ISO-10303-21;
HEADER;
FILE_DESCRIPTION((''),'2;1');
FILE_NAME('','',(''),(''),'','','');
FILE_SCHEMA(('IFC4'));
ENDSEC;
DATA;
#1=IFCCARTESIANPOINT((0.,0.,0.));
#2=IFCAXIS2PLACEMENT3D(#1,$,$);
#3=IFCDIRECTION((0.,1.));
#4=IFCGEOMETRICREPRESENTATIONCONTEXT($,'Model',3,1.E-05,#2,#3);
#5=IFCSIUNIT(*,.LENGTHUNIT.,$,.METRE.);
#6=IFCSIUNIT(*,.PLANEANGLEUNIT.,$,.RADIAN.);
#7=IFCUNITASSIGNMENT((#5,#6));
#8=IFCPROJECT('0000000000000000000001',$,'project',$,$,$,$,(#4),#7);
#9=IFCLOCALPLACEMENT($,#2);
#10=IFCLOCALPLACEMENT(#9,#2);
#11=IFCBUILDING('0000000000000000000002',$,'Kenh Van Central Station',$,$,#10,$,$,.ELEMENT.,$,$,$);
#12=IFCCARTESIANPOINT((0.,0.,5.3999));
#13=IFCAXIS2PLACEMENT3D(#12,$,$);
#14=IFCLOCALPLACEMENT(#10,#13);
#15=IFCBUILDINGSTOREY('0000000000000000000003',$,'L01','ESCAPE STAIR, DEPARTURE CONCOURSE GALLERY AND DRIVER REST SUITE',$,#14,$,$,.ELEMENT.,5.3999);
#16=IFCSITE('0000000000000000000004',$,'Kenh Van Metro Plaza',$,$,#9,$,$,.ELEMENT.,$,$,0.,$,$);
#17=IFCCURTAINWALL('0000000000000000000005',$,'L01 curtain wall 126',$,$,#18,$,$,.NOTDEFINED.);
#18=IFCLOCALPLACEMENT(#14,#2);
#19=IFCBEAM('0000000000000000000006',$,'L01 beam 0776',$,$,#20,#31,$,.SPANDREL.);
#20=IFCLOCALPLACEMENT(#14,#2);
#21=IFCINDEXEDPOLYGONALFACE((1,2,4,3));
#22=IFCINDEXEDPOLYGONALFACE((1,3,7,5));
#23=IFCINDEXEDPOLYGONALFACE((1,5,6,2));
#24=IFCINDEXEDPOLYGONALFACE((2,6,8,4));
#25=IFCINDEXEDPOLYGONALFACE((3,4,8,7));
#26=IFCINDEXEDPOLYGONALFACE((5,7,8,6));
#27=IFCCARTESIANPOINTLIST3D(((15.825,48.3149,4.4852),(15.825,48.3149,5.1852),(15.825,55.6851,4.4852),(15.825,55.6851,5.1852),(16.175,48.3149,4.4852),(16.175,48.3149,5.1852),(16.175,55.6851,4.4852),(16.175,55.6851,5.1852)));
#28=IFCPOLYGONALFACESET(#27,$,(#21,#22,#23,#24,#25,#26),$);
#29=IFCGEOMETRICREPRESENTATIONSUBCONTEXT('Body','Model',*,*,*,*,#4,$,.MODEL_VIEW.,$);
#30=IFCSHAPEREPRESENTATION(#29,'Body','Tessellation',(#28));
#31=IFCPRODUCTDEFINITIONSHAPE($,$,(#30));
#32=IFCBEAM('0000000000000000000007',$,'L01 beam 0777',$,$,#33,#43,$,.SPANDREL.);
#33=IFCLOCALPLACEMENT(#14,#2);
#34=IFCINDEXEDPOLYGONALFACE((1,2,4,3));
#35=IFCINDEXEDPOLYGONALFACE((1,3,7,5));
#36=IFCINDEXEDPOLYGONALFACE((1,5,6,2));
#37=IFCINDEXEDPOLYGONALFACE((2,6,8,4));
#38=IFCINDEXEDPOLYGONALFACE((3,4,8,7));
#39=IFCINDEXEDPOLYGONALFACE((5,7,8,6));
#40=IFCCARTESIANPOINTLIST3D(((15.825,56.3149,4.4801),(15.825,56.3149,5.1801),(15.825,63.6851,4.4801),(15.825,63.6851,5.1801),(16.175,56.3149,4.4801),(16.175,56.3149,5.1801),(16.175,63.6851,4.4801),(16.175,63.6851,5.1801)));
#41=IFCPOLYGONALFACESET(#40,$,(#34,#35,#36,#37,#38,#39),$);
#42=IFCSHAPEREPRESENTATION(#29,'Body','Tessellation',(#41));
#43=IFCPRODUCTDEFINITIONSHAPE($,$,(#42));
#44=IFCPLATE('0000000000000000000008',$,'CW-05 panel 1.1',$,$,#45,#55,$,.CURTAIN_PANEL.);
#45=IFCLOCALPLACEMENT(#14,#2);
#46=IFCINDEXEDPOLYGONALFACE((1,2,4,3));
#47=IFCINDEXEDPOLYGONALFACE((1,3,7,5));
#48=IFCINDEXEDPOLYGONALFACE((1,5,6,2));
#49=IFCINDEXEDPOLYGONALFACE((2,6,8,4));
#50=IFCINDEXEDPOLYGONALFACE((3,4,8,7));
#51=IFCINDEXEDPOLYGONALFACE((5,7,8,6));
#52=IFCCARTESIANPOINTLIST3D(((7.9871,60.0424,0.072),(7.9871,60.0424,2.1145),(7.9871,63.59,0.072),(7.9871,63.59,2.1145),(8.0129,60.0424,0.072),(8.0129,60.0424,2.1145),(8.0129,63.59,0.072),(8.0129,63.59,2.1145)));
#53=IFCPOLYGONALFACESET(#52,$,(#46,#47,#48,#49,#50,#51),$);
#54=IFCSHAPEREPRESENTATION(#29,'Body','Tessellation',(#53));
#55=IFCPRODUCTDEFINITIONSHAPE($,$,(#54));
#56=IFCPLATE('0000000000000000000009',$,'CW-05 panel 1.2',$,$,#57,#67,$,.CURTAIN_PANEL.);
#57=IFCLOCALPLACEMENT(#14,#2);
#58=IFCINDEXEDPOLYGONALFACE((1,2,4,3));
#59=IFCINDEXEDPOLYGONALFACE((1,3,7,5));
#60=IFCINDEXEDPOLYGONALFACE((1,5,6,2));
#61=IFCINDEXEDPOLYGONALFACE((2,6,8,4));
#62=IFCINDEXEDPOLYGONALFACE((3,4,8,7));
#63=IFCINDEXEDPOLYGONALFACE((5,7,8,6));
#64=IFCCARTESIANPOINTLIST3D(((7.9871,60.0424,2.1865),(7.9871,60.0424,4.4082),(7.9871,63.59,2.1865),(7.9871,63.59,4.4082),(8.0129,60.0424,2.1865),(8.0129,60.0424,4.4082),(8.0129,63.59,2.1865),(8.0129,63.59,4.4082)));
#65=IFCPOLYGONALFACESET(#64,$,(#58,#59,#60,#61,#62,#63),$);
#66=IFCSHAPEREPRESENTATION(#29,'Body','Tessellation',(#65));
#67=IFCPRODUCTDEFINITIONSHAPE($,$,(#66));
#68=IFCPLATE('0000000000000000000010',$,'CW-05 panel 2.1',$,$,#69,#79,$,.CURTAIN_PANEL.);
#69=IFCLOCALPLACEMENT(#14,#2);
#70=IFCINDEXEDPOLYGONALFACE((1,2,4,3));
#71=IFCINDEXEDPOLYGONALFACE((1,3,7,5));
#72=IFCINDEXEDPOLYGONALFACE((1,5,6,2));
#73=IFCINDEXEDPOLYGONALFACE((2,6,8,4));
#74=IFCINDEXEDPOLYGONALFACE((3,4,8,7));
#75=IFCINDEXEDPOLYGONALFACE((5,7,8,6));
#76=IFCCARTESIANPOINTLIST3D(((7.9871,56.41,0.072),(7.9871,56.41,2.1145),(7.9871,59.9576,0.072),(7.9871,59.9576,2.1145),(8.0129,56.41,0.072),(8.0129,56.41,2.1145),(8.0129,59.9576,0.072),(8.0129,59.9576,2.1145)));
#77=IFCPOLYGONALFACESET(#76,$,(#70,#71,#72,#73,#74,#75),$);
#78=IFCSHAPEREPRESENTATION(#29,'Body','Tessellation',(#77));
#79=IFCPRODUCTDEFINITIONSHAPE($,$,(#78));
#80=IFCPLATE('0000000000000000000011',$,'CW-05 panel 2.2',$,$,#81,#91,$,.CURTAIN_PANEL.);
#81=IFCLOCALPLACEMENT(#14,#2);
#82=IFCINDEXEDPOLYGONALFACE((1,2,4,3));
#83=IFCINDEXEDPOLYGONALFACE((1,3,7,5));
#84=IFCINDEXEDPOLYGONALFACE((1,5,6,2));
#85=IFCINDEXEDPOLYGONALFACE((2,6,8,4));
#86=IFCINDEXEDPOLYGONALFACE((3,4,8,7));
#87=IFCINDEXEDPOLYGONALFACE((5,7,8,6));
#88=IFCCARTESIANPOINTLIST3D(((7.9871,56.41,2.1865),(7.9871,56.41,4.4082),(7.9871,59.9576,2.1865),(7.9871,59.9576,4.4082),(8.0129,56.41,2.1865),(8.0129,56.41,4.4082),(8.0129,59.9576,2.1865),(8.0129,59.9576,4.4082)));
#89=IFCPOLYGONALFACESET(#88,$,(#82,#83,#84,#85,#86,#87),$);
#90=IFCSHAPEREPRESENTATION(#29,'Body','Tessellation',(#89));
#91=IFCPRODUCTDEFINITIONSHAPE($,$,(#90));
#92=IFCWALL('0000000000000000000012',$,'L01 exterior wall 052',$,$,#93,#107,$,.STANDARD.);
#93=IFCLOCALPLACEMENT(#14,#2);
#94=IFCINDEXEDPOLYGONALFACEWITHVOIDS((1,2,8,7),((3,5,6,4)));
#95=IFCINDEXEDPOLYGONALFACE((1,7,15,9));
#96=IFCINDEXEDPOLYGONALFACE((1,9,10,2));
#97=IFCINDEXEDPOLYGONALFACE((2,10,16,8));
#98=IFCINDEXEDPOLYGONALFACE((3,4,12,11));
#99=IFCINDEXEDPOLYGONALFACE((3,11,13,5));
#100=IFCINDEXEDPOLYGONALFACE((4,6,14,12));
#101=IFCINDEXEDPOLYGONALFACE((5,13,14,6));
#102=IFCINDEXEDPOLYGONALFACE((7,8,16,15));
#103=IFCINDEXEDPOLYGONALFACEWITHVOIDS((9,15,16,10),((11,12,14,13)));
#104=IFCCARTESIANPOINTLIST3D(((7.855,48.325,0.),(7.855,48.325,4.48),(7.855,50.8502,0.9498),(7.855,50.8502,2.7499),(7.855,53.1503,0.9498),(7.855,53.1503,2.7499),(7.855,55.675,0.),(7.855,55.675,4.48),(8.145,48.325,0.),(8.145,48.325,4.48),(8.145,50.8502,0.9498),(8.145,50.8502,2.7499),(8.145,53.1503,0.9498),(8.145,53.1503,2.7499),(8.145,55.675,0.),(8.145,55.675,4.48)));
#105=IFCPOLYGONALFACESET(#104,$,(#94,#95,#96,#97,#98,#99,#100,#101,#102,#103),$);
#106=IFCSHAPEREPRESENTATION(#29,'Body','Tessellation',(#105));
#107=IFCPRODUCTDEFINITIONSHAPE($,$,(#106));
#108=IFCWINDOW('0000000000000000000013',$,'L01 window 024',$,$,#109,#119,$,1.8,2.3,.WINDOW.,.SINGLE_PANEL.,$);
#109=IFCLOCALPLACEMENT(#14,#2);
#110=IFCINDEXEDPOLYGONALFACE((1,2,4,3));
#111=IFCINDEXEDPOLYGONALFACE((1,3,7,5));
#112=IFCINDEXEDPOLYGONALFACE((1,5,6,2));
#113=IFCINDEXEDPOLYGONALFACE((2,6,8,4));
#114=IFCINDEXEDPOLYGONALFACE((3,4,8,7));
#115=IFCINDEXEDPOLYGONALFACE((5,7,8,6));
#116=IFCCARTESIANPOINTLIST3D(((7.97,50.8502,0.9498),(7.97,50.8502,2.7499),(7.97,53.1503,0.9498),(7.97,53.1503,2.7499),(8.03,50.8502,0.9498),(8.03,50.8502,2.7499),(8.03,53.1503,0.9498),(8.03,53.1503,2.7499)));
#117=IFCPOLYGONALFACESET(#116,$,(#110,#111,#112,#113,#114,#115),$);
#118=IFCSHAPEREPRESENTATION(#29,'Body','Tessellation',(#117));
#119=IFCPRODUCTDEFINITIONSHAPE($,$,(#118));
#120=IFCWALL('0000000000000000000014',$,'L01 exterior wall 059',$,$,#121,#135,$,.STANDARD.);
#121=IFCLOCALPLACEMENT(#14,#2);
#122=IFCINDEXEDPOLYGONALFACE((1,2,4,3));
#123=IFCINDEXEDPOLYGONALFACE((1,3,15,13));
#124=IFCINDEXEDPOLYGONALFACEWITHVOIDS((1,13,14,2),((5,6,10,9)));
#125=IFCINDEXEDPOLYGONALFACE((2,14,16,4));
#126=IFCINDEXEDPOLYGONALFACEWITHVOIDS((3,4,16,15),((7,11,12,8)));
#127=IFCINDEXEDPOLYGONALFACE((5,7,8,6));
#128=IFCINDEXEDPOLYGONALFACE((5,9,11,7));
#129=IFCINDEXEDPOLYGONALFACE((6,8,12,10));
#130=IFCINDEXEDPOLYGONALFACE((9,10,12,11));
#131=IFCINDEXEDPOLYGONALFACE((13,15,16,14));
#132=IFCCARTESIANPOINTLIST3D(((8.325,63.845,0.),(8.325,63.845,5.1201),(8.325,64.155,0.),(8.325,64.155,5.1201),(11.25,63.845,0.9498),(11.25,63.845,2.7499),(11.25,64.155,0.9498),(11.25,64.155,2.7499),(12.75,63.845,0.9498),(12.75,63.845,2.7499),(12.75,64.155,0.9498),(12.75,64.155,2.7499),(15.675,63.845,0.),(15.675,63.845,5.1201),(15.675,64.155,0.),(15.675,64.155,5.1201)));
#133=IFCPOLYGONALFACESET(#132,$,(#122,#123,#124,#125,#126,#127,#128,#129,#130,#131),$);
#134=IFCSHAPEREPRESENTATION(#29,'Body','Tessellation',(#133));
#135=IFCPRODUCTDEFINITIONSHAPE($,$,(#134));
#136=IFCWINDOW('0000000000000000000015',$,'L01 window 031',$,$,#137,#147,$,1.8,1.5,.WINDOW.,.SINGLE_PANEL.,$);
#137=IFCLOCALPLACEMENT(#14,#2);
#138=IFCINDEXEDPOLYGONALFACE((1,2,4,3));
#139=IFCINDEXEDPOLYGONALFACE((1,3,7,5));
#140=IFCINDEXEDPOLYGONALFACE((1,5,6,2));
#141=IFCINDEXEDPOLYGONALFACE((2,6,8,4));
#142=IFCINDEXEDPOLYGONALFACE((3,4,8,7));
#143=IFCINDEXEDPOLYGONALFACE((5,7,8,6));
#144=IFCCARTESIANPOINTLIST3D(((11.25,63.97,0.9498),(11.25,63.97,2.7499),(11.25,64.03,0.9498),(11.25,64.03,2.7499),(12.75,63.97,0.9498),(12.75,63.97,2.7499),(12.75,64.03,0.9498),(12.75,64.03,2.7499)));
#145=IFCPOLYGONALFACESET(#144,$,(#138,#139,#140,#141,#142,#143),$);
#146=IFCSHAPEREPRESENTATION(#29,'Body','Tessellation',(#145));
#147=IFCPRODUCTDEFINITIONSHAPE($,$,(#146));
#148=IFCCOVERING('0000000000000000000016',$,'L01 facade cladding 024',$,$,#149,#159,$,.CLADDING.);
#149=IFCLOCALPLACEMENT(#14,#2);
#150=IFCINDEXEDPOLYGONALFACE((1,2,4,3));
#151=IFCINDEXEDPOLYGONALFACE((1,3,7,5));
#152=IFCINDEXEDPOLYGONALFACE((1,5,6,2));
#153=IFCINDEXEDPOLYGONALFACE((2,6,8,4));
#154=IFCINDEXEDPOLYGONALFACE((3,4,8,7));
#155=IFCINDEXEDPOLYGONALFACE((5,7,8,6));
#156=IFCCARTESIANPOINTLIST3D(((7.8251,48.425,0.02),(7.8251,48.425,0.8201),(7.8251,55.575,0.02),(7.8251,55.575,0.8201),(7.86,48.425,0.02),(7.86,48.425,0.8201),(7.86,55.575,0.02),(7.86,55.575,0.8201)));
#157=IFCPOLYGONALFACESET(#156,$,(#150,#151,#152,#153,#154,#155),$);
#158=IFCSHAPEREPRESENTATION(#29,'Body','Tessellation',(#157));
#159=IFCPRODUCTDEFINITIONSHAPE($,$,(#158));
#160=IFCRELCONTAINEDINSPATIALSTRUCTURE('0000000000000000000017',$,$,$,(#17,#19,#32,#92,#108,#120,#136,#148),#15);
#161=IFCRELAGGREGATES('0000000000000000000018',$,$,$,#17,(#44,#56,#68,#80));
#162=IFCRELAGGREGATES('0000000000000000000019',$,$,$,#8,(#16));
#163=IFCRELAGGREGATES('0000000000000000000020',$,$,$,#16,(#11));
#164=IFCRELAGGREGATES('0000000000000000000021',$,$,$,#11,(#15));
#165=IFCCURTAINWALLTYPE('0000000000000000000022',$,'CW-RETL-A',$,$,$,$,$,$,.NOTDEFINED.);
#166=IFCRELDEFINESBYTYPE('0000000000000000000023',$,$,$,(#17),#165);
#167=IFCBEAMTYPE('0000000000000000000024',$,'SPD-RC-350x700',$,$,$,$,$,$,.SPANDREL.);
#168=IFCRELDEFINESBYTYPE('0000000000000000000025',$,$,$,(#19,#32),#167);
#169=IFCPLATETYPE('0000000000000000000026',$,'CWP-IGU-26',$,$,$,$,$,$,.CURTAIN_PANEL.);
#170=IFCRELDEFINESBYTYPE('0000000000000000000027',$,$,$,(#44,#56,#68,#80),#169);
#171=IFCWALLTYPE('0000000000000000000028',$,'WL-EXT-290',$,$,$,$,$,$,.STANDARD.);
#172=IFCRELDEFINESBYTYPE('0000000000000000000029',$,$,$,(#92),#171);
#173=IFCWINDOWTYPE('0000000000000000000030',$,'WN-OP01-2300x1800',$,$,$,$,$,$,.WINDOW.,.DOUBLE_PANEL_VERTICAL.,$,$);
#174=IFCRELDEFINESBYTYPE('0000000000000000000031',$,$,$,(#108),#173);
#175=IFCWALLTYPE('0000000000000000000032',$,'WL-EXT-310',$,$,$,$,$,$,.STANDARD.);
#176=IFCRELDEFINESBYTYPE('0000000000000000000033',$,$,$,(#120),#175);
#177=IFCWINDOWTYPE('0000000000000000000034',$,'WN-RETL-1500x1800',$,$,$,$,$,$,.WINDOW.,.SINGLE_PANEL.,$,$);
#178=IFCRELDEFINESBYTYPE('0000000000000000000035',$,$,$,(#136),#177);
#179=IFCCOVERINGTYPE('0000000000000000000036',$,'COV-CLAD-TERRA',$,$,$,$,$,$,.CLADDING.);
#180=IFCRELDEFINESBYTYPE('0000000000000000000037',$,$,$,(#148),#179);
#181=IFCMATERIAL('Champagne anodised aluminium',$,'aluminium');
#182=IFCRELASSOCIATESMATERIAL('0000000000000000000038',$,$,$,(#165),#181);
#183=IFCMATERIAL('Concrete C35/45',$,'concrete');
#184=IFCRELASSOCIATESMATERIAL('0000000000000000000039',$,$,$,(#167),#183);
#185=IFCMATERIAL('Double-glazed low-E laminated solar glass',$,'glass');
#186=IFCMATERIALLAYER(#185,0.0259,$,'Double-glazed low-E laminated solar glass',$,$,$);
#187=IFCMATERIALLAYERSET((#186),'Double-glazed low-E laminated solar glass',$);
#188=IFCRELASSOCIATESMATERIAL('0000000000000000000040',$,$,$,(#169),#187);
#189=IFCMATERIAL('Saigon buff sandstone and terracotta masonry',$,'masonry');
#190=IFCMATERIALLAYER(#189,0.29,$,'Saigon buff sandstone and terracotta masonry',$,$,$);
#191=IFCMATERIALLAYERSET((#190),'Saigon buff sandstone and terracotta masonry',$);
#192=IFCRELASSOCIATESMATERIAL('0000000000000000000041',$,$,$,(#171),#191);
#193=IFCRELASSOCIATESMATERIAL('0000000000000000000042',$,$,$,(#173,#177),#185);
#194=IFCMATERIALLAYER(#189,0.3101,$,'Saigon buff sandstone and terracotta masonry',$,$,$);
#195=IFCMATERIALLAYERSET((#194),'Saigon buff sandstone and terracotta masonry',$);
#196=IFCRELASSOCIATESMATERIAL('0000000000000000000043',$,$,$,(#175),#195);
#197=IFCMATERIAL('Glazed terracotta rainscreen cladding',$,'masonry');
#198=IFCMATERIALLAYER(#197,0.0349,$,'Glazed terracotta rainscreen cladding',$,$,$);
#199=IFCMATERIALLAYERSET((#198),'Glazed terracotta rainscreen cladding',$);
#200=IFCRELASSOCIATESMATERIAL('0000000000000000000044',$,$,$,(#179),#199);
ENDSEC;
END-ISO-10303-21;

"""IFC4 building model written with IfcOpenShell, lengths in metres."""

from ifc_helpers import new_model, si_unit, direction, frame, frame_2d, origin, origin_2d, place, context, subcontext, project, spatial, rectangle, extrude, material, layer, layer_set, material_profile, profile_set, type_object, element, fill, aggregate, save


model = new_model("IFC4")

# Units and contexts
model_context = context("Model", 3, precision=1e-05, world=origin(), true_north=direction((0.0, 1.0)))
body_context = subcontext(model_context, "Body", "Model", "MODEL_VIEW")
ifc_project = project(units=[si_unit("LENGTHUNIT", "METRE"), si_unit("PLANEANGLEUNIT", "RADIAN")], contexts=[model_context])

# Site, building, storey
site_placement = place(None, origin())
site = spatial("IfcSite", under=ifc_project, at=site_placement, Name="Kenh Van Metro Plaza", CompositionType="ELEMENT", RefElevation=0.0)
building_placement = place(site_placement, origin())
building = spatial("IfcBuilding", under=site, at=building_placement, Name="Kenh Van Central Station", CompositionType="ELEMENT")
storey_placement = place(building_placement, frame((0.0, 0.0, 5.3999)))
storey = spatial("IfcBuildingStorey", under=building, at=storey_placement, Name="L01", Description="ESCAPE STAIR, DEPARTURE CONCOURSE GALLERY AND DRIVER REST SUITE", CompositionType="ELEMENT", Elevation=5.3999)

# Shared definitions
ifc_material_1 = material(Name="Concrete C35/45", Category="concrete")

# Curtain wall
ifc_material_2 = material(Name="Champagne anodised aluminium", Category="aluminium")
curtain_wall_type = type_object("IfcCurtainWallType", Name="CW-RETL-A", PredefinedType="NOTDEFINED", material=ifc_material_2)
curtain_wall_placement = place(storey_placement, origin())
curtain_wall = element("IfcCurtainWall", 1, at=curtain_wall_placement, inside=storey, type_object=curtain_wall_type, Name="L01 curtain wall 126", PredefinedType="NOTDEFINED")

# Beams
ifc_material_profile_1 = material_profile(ifc_material_1, rectangle(XDim=0.3501, YDim=0.7, at=origin_2d()), Name="RC 350x700")
ifc_profile_set_1 = profile_set([ifc_material_profile_1], Name="Concrete C35/45")
beam_type_1 = type_object("IfcBeamType", Name="SPD-RC-350x700", PredefinedType="SPANDREL", material=ifc_profile_set_1)
for number, where, z_axis, x_axis, name in (
    (2, (16.0, 48.3149, 4.8352), (0.0, 1.0, 0.0), (-1.0, 0.0, 0.0), "L01 beam 0776"),
    (3, (16.0, 56.3149, 4.8301), (0.0, 1.0, 0.0), (-1.0, 0.0, 0.0), "L01 beam 0777"),
):
    element("IfcBeam", number, at=place(storey_placement, frame(where, z_axis=z_axis, x_axis=x_axis)), inside=storey, type_object=beam_type_1, Name=name, PredefinedType="SPANDREL", context=body_context, shape_type="SweptSolid", body=[
        extrude(rectangle(XDim=0.3501, YDim=0.7, at=origin_2d()), origin(), (0.0, 0.0, 1.0), 7.3701),
    ])

# Plates
ifc_material_3 = material(Name="Double-glazed low-E laminated solar glass", Category="glass")
ifc_layer_1 = layer(ifc_material_3, 0.0259, Name="Double-glazed low-E laminated solar glass")
ifc_layer_set_1 = layer_set([ifc_layer_1], Name="Double-glazed low-E laminated solar glass")
plate_type = type_object("IfcPlateType", Name="CWP-IGU-26", PredefinedType="CURTAIN_PANEL", material=ifc_layer_set_1)
plate_1_placement = place(storey_placement, frame((8.0, 61.8162, 0.072), z_axis=(0.0, 0.0, 1.0), x_axis=(0.0, -1.0, 0.0)))
plate_1 = element("IfcPlate", 4, at=plate_1_placement, type_object=plate_type, Name="CW-05 panel 1.1", PredefinedType="CURTAIN_PANEL", context=body_context, shape_type="SweptSolid", body=[
    extrude(rectangle(XDim=3.5476, YDim=0.0259, at=origin_2d()), origin(), (0.0, 0.0, 1.0), 2.0425),
])
plate_2_placement = place(storey_placement, frame((8.0, 61.8162, 2.1865), z_axis=(0.0, 0.0, 1.0), x_axis=(0.0, -1.0, 0.0)))
plate_2 = element("IfcPlate", 5, at=plate_2_placement, type_object=plate_type, Name="CW-05 panel 1.2", PredefinedType="CURTAIN_PANEL", context=body_context, shape_type="SweptSolid", body=[
    extrude(rectangle(XDim=3.5476, YDim=0.0259, at=origin_2d()), origin(), (0.0, 0.0, 1.0), 2.2217),
])
plate_3_placement = place(storey_placement, frame((8.0, 58.1838, 0.072), z_axis=(0.0, 0.0, 1.0), x_axis=(0.0, -1.0, 0.0)))
plate_3 = element("IfcPlate", 6, at=plate_3_placement, type_object=plate_type, Name="CW-05 panel 2.1", PredefinedType="CURTAIN_PANEL", context=body_context, shape_type="SweptSolid", body=[
    extrude(rectangle(XDim=3.5476, YDim=0.0259, at=origin_2d()), origin(), (0.0, 0.0, 1.0), 2.0425),
])
plate_4_placement = place(storey_placement, frame((8.0, 58.1838, 2.1865), z_axis=(0.0, 0.0, 1.0), x_axis=(0.0, -1.0, 0.0)))
plate_4 = element("IfcPlate", 7, at=plate_4_placement, type_object=plate_type, Name="CW-05 panel 2.2", PredefinedType="CURTAIN_PANEL", context=body_context, shape_type="SweptSolid", body=[
    extrude(rectangle(XDim=3.5476, YDim=0.0259, at=origin_2d()), origin(), (0.0, 0.0, 1.0), 2.2217),
])
aggregate(curtain_wall, [plate_1, plate_2, plate_3, plate_4])

# Walls, openings, windows
ifc_material_4 = material(Name="Saigon buff sandstone and terracotta masonry", Category="masonry")
ifc_layer_2 = layer(ifc_material_4, 0.29, Name="Saigon buff sandstone and terracotta masonry")
ifc_layer_set_2 = layer_set([ifc_layer_2], Name="Saigon buff sandstone and terracotta masonry")
wall_type_1 = type_object("IfcWallType", Name="WL-EXT-290", PredefinedType="STANDARD", material=ifc_layer_set_2)
wall_1_placement = place(storey_placement, frame((8.0, 55.675, 0.0), z_axis=(0.0, 0.0, 1.0), x_axis=(0.0, -1.0, 0.0)))
wall_1 = element("IfcWall", 8, at=wall_1_placement, inside=storey, type_object=wall_type_1, Name="L01 exterior wall 052", PredefinedType="STANDARD", context=body_context, shape_type="SweptSolid", body=[
    extrude(rectangle(XDim=7.3501, YDim=0.29, at=frame_2d((3.675, 0.0))), origin(), (0.0, 0.0, 1.0), 4.48),
])
opening_1_placement = place(wall_1_placement, frame((2.5249, 0.0, 0.95)))
opening_1 = element("IfcOpeningElement", 9, at=opening_1_placement, cuts=wall_1, PredefinedType="OPENING", context=body_context, shape_type="SweptSolid", body=[
    extrude(rectangle(XDim=2.3, YDim=1.8, at=frame_2d((1.1499, 0.8999))), frame((0.0, 0.155, 0.0), z_axis=(0.0, -1.0, 0.0), x_axis=(1.0, 0.0, 0.0)), (0.0, 0.0, 1.0), 0.3101),
])
window_type_1 = type_object("IfcWindowType", Name="WN-OP01-2300x1800", PartitioningType="DOUBLE_PANEL_VERTICAL", PredefinedType="WINDOW", material=ifc_material_3)
window_1_placement = place(opening_1_placement, origin())
window_1 = element("IfcWindow", 10, at=window_1_placement, inside=storey, type_object=window_type_1, Name="L01 window 024", OverallHeight=1.8, OverallWidth=2.3, PartitioningType="SINGLE_PANEL", PredefinedType="WINDOW", context=body_context, shape_type="SweptSolid", body=[
    extrude(rectangle(XDim=2.3, YDim=1.8, at=frame_2d((1.1499, 0.8999))), frame((0.0, 0.03, 0.0), z_axis=(0.0, -1.0, 0.0), x_axis=(1.0, 0.0, 0.0)), (0.0, 0.0, 1.0), 0.0601),
])
fill(opening_1, window_1)
ifc_layer_3 = layer(ifc_material_4, 0.3101, Name="Saigon buff sandstone and terracotta masonry")
ifc_layer_set_3 = layer_set([ifc_layer_3], Name="Saigon buff sandstone and terracotta masonry")
wall_type_2 = type_object("IfcWallType", Name="WL-EXT-310", PredefinedType="STANDARD", material=ifc_layer_set_3)
wall_2_placement = place(storey_placement, frame((15.675, 64.0, 0.0), z_axis=(0.0, 0.0, 1.0), x_axis=(-1.0, 0.0, 0.0)))
wall_2 = element("IfcWall", 11, at=wall_2_placement, inside=storey, type_object=wall_type_2, Name="L01 exterior wall 059", PredefinedType="STANDARD", context=body_context, shape_type="SweptSolid", body=[
    extrude(rectangle(XDim=7.3501, YDim=0.3101, at=frame_2d((3.675, 0.0))), origin(), (0.0, 0.0, 1.0), 5.1201),
])
opening_2_placement = place(wall_2_placement, frame((2.925, 0.0, 0.95)))
opening_2 = element("IfcOpeningElement", 12, at=opening_2_placement, cuts=wall_2, PredefinedType="OPENING", context=body_context, shape_type="SweptSolid", body=[
    extrude(rectangle(XDim=1.5, YDim=1.8, at=frame_2d((0.75, 0.8999))), frame((0.0, 0.165, 0.0), z_axis=(0.0, -1.0, 0.0), x_axis=(1.0, 0.0, 0.0)), (0.0, 0.0, 1.0), 0.3301),
])
window_type_2 = type_object("IfcWindowType", Name="WN-RETL-1500x1800", PartitioningType="SINGLE_PANEL", PredefinedType="WINDOW", material=ifc_material_3)
window_2_placement = place(opening_2_placement, origin())
window_2 = element("IfcWindow", 13, at=window_2_placement, inside=storey, type_object=window_type_2, Name="L01 window 031", OverallHeight=1.8, OverallWidth=1.5, PartitioningType="SINGLE_PANEL", PredefinedType="WINDOW", context=body_context, shape_type="SweptSolid", body=[
    extrude(rectangle(XDim=1.5, YDim=1.8, at=frame_2d((0.75, 0.8999))), frame((0.0, 0.03, 0.0), z_axis=(0.0, -1.0, 0.0), x_axis=(1.0, 0.0, 0.0)), (0.0, 0.0, 1.0), 0.0601),
])
fill(opening_2, window_2)

# Covering
ifc_material_5 = material(Name="Glazed terracotta rainscreen cladding", Category="masonry")
ifc_layer_4 = layer(ifc_material_5, 0.0349, Name="Glazed terracotta rainscreen cladding")
ifc_layer_set_4 = layer_set([ifc_layer_4], Name="Glazed terracotta rainscreen cladding")
covering_type = type_object("IfcCoveringType", Name="COV-CLAD-TERRA", PredefinedType="CLADDING", material=ifc_layer_set_4)
covering_placement = place(storey_placement, frame((7.8425, 52.0, 0.02), z_axis=(0.0, 0.0, 1.0), x_axis=(0.0, -1.0, 0.0)))
element("IfcCovering", 14, at=covering_placement, inside=storey, type_object=covering_type, Name="L01 facade cladding 024", PredefinedType="CLADDING", context=body_context, shape_type="SweptSolid", body=[
    extrude(rectangle(XDim=7.1499, YDim=0.0349, at=origin_2d()), origin(), (0.0, 0.0, 1.0), 0.8),
])

save(model, "model.ifc")
